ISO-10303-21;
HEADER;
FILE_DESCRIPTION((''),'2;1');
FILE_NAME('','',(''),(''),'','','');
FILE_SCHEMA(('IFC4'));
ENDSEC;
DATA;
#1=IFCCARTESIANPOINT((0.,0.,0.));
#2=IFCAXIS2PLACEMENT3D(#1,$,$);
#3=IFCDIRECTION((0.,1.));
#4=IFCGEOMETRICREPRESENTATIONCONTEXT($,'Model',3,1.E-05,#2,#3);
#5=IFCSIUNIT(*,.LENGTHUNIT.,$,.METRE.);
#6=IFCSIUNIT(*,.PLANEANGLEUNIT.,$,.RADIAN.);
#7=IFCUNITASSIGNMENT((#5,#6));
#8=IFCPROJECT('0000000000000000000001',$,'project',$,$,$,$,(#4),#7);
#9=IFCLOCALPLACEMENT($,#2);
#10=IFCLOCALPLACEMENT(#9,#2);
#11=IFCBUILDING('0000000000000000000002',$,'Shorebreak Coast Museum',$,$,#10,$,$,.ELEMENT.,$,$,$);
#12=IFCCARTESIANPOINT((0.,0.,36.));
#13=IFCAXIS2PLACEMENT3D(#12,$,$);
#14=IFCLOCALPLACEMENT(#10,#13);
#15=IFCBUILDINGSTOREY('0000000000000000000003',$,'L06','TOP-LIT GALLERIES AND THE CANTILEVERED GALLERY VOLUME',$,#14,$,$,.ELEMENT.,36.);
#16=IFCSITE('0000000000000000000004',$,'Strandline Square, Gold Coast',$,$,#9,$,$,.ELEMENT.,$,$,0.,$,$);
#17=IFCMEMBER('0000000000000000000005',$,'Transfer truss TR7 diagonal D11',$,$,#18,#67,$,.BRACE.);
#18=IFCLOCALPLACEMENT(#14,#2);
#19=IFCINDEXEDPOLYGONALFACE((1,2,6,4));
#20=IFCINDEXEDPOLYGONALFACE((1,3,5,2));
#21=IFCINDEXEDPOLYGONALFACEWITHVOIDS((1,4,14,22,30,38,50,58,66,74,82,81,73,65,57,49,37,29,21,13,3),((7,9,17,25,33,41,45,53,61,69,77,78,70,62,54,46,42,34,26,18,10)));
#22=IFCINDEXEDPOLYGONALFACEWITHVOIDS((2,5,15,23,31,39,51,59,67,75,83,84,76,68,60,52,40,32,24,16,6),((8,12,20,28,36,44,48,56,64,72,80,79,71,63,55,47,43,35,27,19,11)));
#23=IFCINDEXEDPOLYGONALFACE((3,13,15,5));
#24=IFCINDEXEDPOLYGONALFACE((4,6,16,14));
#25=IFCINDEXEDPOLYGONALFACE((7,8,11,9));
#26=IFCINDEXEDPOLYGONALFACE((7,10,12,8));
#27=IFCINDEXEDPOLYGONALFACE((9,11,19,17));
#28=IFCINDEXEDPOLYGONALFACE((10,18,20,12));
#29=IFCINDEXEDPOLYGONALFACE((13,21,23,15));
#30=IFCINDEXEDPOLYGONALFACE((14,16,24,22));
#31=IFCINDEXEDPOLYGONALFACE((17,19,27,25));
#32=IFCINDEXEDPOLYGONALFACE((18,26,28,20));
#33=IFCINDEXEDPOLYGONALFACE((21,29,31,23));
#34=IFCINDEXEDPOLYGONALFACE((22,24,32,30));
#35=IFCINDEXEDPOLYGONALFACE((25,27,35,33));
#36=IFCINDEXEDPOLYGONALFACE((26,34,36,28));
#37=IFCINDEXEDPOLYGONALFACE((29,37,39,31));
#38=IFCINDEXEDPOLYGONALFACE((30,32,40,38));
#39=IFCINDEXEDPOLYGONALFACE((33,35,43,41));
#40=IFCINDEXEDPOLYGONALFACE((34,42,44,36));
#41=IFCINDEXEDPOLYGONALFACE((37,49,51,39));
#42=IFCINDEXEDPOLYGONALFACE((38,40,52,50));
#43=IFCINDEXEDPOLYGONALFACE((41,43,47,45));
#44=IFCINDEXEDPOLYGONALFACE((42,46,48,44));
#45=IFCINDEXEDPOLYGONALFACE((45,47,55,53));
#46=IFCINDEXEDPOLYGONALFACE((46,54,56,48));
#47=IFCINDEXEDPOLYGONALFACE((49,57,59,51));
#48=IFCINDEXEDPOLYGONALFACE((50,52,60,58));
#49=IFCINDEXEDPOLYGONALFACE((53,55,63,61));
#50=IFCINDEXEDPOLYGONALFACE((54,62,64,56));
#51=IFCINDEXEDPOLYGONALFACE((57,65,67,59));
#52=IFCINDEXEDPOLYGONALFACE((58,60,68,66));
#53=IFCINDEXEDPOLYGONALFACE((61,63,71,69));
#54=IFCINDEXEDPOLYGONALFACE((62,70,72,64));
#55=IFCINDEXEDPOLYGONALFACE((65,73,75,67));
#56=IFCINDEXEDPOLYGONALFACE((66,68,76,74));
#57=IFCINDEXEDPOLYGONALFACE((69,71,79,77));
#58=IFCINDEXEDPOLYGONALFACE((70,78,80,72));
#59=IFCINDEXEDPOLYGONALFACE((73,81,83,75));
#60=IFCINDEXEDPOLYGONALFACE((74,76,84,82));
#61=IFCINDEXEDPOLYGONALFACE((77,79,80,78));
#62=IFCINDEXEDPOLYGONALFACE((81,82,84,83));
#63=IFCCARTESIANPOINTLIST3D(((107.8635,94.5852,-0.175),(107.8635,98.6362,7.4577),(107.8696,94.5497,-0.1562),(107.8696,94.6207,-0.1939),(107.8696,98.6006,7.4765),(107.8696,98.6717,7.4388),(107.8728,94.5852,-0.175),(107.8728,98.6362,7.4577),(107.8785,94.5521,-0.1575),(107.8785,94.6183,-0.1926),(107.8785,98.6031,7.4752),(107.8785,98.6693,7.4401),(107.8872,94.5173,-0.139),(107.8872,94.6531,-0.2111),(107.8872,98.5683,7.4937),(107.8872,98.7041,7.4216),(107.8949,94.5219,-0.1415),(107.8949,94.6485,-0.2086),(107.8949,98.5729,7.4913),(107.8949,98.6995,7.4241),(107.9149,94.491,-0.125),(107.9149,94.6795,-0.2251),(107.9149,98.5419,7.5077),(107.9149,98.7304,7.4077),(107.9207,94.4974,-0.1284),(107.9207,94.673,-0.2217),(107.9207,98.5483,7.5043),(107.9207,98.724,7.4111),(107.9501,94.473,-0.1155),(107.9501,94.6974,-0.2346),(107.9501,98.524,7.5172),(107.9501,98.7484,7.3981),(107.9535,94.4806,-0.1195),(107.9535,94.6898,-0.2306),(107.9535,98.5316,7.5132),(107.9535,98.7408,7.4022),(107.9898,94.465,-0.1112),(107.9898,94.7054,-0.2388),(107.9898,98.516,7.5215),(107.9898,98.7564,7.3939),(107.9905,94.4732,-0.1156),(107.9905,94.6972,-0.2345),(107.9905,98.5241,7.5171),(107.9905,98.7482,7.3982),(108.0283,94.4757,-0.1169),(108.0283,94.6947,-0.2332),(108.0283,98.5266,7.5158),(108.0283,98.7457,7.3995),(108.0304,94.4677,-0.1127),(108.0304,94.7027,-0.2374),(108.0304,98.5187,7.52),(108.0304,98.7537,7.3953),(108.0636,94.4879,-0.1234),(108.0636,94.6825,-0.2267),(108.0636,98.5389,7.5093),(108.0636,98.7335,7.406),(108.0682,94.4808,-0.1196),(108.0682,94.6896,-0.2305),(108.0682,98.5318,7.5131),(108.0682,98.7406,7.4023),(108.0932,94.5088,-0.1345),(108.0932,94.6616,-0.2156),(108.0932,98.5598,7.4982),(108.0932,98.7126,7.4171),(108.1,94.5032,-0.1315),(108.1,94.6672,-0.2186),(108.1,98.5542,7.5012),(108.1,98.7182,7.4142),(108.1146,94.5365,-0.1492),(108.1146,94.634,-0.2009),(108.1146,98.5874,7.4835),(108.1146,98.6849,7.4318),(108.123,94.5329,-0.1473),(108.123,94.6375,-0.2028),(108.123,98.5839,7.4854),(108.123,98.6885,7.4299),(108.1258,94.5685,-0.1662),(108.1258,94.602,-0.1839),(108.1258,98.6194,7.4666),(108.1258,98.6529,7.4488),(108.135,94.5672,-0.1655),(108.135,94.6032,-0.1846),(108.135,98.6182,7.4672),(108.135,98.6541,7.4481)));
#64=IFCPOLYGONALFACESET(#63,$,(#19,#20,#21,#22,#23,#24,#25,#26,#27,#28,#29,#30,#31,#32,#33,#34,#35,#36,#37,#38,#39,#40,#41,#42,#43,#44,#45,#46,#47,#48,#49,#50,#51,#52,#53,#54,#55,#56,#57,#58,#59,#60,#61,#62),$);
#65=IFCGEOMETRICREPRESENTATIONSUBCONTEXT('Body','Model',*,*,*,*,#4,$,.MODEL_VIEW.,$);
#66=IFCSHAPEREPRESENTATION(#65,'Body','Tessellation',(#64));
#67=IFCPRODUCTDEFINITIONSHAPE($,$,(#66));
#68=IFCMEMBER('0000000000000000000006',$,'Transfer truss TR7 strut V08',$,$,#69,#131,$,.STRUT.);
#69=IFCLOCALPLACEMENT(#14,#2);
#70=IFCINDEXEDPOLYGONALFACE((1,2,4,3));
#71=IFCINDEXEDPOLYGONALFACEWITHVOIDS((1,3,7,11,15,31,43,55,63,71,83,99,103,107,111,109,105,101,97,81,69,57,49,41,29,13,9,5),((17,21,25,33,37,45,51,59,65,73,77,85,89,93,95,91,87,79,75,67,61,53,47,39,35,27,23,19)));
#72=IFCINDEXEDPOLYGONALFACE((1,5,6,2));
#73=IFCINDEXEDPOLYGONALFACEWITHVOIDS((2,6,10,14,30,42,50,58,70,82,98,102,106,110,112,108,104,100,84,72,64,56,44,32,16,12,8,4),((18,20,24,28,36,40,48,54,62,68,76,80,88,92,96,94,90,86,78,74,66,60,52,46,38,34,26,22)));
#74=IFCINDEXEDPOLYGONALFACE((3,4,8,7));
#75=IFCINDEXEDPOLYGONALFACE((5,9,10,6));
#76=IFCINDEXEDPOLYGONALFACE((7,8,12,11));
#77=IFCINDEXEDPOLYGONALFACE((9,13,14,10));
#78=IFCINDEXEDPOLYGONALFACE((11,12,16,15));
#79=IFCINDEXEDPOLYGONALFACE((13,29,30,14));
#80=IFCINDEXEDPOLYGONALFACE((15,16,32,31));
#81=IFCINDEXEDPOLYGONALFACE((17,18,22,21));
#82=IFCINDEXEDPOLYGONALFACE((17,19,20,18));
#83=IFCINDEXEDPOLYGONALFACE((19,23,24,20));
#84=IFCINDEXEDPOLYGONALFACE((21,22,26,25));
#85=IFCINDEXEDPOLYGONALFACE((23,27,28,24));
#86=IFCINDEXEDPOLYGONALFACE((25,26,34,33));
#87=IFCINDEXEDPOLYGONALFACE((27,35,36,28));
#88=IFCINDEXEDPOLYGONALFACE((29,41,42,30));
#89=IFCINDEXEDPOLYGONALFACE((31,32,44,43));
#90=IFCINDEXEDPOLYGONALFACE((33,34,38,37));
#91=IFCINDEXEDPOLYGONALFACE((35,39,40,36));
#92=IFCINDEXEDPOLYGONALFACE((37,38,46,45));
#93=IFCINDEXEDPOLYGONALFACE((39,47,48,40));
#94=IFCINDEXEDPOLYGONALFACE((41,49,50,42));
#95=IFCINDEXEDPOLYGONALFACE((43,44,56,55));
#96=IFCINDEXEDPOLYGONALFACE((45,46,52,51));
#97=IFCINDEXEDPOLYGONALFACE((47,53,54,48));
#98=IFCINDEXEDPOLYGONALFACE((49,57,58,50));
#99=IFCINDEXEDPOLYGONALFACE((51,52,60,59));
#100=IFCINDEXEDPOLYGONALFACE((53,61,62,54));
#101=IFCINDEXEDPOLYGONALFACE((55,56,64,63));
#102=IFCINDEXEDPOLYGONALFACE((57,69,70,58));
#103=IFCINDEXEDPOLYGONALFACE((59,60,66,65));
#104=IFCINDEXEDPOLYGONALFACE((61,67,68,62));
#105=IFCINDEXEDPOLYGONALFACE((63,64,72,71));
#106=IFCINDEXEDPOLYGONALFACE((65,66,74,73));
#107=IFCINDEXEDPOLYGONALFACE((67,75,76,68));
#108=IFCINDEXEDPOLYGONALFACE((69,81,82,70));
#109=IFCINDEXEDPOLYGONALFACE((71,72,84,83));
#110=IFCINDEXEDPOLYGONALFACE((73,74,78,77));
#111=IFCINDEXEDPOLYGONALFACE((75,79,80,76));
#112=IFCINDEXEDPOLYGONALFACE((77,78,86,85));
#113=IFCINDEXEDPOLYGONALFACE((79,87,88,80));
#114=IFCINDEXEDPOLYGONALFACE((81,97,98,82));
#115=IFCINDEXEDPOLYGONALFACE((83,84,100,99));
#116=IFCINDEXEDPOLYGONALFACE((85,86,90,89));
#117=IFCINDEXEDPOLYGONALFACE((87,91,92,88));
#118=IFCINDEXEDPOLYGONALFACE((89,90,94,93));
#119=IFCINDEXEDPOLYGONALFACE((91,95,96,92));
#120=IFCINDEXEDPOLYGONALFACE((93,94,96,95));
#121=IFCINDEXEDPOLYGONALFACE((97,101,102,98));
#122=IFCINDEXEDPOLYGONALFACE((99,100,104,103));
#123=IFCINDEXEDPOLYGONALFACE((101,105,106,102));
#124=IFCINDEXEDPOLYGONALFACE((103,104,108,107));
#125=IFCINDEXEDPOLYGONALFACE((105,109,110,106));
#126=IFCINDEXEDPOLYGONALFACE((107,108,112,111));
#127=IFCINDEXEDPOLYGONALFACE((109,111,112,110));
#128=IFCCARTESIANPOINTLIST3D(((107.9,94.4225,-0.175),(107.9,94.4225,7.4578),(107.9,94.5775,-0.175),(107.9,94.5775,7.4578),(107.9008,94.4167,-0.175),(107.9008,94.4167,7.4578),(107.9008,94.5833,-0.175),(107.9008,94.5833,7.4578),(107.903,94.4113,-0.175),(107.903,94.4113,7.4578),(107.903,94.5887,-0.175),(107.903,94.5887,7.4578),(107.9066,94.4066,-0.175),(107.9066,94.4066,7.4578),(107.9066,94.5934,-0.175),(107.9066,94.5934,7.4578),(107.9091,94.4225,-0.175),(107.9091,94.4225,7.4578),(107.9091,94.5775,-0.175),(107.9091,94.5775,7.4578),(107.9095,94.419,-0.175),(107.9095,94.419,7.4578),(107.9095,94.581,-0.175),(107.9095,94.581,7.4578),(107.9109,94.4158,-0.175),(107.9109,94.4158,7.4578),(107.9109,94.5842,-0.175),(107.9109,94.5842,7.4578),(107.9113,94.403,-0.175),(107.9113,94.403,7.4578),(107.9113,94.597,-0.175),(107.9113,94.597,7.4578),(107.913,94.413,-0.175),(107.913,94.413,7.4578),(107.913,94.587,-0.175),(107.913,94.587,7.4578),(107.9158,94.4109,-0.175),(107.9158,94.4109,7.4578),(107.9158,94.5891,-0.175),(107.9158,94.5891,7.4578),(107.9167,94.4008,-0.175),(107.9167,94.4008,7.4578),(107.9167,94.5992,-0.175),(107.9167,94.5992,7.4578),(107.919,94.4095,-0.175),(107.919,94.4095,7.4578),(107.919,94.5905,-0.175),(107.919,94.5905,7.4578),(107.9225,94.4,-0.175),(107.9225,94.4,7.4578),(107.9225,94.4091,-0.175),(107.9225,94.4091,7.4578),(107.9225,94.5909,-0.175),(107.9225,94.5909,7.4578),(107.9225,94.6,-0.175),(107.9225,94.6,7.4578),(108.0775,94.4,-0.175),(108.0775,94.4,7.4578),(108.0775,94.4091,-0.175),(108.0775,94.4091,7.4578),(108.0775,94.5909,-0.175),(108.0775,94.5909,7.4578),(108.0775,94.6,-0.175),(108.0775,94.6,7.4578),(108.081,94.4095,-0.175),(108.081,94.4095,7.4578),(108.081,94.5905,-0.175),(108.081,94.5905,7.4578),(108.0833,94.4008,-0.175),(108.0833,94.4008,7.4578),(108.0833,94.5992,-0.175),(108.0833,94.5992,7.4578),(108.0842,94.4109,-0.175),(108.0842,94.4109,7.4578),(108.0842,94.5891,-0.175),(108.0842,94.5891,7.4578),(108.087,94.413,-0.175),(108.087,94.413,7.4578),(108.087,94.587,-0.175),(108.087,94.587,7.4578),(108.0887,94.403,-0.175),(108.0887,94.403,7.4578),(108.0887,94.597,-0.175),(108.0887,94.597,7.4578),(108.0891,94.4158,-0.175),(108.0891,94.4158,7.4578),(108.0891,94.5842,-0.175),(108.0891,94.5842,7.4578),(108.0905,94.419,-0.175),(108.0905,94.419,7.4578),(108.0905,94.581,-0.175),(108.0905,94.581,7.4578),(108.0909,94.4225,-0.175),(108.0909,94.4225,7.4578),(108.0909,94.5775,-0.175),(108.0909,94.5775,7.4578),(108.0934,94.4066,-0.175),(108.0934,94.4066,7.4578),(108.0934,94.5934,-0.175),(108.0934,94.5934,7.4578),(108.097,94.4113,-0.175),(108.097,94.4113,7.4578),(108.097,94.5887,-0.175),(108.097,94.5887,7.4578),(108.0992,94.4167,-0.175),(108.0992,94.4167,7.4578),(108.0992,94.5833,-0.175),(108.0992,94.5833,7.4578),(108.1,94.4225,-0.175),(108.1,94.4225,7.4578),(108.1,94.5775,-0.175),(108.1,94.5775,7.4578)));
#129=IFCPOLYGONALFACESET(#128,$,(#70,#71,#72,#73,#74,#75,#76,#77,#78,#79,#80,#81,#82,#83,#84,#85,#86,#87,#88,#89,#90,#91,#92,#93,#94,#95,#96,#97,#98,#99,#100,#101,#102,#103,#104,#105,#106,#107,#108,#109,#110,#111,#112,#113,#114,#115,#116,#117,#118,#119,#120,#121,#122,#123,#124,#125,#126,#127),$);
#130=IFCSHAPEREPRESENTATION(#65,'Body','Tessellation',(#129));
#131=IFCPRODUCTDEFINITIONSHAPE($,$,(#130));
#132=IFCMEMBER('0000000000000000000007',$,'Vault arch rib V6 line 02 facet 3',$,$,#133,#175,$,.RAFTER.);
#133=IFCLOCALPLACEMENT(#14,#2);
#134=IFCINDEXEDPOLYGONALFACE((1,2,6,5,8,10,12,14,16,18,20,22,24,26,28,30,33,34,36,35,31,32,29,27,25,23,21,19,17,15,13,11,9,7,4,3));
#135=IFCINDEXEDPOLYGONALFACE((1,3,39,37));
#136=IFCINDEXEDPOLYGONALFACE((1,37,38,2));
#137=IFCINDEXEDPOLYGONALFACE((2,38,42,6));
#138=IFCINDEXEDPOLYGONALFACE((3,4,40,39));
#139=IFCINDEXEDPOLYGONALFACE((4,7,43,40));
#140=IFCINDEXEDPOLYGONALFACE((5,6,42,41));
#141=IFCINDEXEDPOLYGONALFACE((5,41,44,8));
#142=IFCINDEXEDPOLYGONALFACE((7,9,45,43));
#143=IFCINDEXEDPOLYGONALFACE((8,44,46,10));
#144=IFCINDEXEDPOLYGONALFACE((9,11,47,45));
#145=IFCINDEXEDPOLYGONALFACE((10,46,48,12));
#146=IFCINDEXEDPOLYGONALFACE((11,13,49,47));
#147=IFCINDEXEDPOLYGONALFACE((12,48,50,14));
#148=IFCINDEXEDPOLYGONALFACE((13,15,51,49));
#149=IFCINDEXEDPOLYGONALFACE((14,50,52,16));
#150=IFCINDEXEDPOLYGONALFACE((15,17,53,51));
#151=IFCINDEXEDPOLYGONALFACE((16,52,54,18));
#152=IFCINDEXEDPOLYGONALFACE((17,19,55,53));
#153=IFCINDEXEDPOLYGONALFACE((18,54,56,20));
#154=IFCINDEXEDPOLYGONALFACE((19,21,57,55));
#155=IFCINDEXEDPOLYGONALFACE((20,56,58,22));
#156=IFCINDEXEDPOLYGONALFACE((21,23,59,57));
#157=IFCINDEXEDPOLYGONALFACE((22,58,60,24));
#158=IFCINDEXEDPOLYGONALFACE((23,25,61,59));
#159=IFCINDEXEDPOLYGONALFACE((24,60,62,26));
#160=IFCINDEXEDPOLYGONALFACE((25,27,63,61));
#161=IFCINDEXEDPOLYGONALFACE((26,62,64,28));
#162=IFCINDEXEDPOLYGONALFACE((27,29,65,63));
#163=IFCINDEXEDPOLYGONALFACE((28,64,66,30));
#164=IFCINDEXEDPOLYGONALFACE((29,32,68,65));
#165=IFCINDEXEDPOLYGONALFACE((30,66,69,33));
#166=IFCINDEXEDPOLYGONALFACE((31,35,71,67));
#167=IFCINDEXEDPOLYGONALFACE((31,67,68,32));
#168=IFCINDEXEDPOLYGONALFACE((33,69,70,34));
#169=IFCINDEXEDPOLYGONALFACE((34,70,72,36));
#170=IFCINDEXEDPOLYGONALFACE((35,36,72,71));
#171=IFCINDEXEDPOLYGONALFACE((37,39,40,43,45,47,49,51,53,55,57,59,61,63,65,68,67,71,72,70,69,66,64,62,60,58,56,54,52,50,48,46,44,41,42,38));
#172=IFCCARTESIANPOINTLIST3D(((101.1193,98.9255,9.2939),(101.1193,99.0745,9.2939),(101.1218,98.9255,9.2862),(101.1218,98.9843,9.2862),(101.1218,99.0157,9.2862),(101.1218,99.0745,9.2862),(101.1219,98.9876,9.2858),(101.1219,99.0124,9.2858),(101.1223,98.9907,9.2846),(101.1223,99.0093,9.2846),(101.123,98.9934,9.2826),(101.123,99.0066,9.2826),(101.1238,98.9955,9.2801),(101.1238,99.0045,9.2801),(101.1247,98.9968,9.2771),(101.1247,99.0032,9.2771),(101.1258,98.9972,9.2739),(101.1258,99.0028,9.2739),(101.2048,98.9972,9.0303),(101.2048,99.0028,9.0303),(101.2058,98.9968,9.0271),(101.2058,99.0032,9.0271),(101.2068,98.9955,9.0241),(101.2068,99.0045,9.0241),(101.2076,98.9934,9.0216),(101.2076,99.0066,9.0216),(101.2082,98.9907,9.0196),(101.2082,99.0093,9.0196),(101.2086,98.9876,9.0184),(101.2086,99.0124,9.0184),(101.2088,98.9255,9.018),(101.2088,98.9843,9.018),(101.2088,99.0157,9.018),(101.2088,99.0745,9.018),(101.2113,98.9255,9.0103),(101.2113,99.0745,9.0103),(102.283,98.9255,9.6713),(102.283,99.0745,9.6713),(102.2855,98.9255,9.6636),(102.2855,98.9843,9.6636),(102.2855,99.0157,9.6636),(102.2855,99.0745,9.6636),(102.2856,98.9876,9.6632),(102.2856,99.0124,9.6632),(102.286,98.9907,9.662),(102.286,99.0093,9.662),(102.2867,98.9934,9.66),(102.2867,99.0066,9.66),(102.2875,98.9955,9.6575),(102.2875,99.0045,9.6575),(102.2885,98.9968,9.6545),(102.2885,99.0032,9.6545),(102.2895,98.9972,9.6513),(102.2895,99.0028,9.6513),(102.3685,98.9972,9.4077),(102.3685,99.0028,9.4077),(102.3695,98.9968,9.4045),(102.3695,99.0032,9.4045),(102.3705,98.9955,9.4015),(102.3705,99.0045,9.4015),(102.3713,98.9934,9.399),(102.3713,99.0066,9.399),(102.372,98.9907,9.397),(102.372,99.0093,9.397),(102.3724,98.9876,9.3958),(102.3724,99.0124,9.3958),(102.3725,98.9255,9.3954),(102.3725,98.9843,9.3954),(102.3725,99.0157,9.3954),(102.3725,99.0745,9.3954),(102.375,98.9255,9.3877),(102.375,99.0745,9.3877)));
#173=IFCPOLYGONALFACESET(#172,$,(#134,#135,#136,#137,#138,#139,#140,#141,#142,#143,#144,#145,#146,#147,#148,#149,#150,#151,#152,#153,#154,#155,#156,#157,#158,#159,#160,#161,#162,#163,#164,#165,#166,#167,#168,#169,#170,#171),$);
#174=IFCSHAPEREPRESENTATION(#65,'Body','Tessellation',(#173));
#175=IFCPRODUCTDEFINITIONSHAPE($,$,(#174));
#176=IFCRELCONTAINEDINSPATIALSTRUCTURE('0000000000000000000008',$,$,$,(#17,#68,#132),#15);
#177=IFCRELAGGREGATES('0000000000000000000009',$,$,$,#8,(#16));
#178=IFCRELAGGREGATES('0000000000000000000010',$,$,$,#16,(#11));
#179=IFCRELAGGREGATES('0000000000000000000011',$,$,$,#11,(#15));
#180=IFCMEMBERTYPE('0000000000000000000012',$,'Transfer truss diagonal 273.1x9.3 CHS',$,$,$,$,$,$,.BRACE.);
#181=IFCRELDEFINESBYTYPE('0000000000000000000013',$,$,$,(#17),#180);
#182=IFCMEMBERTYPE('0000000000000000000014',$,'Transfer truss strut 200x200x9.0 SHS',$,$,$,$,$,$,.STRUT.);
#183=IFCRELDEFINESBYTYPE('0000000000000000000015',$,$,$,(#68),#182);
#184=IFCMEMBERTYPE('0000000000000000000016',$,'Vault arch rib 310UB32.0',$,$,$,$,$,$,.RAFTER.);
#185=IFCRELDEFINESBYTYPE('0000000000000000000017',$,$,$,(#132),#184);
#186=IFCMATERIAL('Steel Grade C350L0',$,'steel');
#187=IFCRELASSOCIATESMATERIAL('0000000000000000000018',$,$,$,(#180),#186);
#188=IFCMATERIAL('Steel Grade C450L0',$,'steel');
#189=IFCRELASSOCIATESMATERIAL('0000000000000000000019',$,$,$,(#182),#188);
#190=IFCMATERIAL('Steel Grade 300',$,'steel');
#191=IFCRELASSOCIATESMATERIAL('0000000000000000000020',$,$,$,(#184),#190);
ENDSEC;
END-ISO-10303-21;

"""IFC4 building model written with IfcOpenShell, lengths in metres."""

from ifc_helpers import new_model, si_unit, direction, frame, origin, origin_2d, place, context, subcontext, project, spatial, hollow_rectangle, hollow_circle, i_section, extrude, material, material_profile, profile_set, type_object, element, save


model = new_model("IFC4")

# Units and contexts
model_context = context("Model", 3, precision=1e-05, world=origin(), true_north=direction((0.0, 1.0)))
body_context = subcontext(model_context, "Body", "Model", "MODEL_VIEW")
ifc_project = project(units=[si_unit("LENGTHUNIT", "METRE"), si_unit("PLANEANGLEUNIT", "RADIAN")], contexts=[model_context])

# Site, building, storey
site_placement = place(None, origin())
site = spatial("IfcSite", under=ifc_project, at=site_placement, Name="Strandline Square, Gold Coast", CompositionType="ELEMENT", RefElevation=0.0)
building_placement = place(site_placement, origin())
building = spatial("IfcBuilding", under=site, at=building_placement, Name="Shorebreak Coast Museum", CompositionType="ELEMENT")
storey_placement = place(building_placement, frame((0.0, 0.0, 36.0)))
storey = spatial("IfcBuildingStorey", under=building, at=storey_placement, Name="L06", Description="TOP-LIT GALLERIES AND THE CANTILEVERED GALLERY VOLUME", CompositionType="ELEMENT", Elevation=36.0)

# Members
ifc_material_1 = material(Name="Steel Grade C350L0", Category="steel")
ifc_material_profile_1 = material_profile(ifc_material_1, hollow_circle(Radius=0.1365, WallThickness=0.0093, at=origin_2d()), Name="273.1x9.3 CHS")
ifc_profile_set_1 = profile_set([ifc_material_profile_1], Name="Steel Grade C350L0")
member_type_1 = type_object("IfcMemberType", Name="Transfer truss diagonal 273.1x9.3 CHS", PredefinedType="BRACE", material=ifc_profile_set_1)
member_1_placement = place(storey_placement, frame((108.0, 94.5852, -0.175), z_axis=(0.0, 0.468803, 0.883303), x_axis=(-1.0, 0.0, 0.0)))
element("IfcMember", 1, at=member_1_placement, inside=storey, type_object=member_type_1, Name="Transfer truss TR7 diagonal D11", PredefinedType="BRACE", context=body_context, shape_type="SweptSolid", body=[
    extrude(hollow_circle(Radius=0.1365, WallThickness=0.0093, at=origin_2d()), origin(), (0.0, 0.0, 1.0), 8.6411),
])
ifc_material_2 = material(Name="Steel Grade C450L0", Category="steel")
ifc_material_profile_2 = material_profile(ifc_material_2, hollow_rectangle(XDim=0.2, YDim=0.2, WallThickness=0.009, InnerFilletRadius=0.0134, OuterFilletRadius=0.0225, at=origin_2d()), Name="200x200x9.0 SHS")
ifc_profile_set_2 = profile_set([ifc_material_profile_2], Name="Steel Grade C450L0")
member_type_2 = type_object("IfcMemberType", Name="Transfer truss strut 200x200x9.0 SHS", PredefinedType="STRUT", material=ifc_profile_set_2)
member_2_placement = place(storey_placement, frame((108.0, 94.5, -0.175), z_axis=(0.0, 0.0, 1.0), x_axis=(1.0, 0.0, 0.0)))
element("IfcMember", 2, at=member_2_placement, inside=storey, type_object=member_type_2, Name="Transfer truss TR7 strut V08", PredefinedType="STRUT", context=body_context, shape_type="SweptSolid", body=[
    extrude(hollow_rectangle(XDim=0.2, YDim=0.2, WallThickness=0.009, InnerFilletRadius=0.0134, OuterFilletRadius=0.0225, at=origin_2d()), origin(), (0.0, 0.0, 1.0), 7.6328),
])
ifc_material_3 = material(Name="Steel Grade 300", Category="steel")
ifc_material_profile_3 = material_profile(ifc_material_3, i_section(OverallWidth=0.1489, OverallDepth=0.2981, WebThickness=0.0056, FlangeThickness=0.0081, FilletRadius=0.0129, at=origin_2d()), Name="310UB32.0")
ifc_profile_set_3 = profile_set([ifc_material_profile_3], Name="Steel Grade 300")
member_type_3 = type_object("IfcMemberType", Name="Vault arch rib 310UB32.0", PredefinedType="RAFTER", material=ifc_profile_set_3)
for number, where, z_axis, x_axis, name in (
    (3, (101.1653, 99.0, 9.1521), (0.951226, 0.0, 0.308495), (0.0, 1.0, 0.0), "Vault arch rib V6 line 02 facet 3"),
):
    element("IfcMember", number, at=place(storey_placement, frame(where, z_axis=z_axis, x_axis=x_axis)), inside=storey, type_object=member_type_3, Name=name, PredefinedType="RAFTER", context=body_context, shape_type="SweptSolid", body=[
        extrude(i_section(OverallWidth=0.1489, OverallDepth=0.2981, WebThickness=0.0056, FlangeThickness=0.0081, FilletRadius=0.0129, at=origin_2d()), origin(), (0.0, 0.0, 1.0), 1.2234),
    ])

save(model, "model.ifc")
